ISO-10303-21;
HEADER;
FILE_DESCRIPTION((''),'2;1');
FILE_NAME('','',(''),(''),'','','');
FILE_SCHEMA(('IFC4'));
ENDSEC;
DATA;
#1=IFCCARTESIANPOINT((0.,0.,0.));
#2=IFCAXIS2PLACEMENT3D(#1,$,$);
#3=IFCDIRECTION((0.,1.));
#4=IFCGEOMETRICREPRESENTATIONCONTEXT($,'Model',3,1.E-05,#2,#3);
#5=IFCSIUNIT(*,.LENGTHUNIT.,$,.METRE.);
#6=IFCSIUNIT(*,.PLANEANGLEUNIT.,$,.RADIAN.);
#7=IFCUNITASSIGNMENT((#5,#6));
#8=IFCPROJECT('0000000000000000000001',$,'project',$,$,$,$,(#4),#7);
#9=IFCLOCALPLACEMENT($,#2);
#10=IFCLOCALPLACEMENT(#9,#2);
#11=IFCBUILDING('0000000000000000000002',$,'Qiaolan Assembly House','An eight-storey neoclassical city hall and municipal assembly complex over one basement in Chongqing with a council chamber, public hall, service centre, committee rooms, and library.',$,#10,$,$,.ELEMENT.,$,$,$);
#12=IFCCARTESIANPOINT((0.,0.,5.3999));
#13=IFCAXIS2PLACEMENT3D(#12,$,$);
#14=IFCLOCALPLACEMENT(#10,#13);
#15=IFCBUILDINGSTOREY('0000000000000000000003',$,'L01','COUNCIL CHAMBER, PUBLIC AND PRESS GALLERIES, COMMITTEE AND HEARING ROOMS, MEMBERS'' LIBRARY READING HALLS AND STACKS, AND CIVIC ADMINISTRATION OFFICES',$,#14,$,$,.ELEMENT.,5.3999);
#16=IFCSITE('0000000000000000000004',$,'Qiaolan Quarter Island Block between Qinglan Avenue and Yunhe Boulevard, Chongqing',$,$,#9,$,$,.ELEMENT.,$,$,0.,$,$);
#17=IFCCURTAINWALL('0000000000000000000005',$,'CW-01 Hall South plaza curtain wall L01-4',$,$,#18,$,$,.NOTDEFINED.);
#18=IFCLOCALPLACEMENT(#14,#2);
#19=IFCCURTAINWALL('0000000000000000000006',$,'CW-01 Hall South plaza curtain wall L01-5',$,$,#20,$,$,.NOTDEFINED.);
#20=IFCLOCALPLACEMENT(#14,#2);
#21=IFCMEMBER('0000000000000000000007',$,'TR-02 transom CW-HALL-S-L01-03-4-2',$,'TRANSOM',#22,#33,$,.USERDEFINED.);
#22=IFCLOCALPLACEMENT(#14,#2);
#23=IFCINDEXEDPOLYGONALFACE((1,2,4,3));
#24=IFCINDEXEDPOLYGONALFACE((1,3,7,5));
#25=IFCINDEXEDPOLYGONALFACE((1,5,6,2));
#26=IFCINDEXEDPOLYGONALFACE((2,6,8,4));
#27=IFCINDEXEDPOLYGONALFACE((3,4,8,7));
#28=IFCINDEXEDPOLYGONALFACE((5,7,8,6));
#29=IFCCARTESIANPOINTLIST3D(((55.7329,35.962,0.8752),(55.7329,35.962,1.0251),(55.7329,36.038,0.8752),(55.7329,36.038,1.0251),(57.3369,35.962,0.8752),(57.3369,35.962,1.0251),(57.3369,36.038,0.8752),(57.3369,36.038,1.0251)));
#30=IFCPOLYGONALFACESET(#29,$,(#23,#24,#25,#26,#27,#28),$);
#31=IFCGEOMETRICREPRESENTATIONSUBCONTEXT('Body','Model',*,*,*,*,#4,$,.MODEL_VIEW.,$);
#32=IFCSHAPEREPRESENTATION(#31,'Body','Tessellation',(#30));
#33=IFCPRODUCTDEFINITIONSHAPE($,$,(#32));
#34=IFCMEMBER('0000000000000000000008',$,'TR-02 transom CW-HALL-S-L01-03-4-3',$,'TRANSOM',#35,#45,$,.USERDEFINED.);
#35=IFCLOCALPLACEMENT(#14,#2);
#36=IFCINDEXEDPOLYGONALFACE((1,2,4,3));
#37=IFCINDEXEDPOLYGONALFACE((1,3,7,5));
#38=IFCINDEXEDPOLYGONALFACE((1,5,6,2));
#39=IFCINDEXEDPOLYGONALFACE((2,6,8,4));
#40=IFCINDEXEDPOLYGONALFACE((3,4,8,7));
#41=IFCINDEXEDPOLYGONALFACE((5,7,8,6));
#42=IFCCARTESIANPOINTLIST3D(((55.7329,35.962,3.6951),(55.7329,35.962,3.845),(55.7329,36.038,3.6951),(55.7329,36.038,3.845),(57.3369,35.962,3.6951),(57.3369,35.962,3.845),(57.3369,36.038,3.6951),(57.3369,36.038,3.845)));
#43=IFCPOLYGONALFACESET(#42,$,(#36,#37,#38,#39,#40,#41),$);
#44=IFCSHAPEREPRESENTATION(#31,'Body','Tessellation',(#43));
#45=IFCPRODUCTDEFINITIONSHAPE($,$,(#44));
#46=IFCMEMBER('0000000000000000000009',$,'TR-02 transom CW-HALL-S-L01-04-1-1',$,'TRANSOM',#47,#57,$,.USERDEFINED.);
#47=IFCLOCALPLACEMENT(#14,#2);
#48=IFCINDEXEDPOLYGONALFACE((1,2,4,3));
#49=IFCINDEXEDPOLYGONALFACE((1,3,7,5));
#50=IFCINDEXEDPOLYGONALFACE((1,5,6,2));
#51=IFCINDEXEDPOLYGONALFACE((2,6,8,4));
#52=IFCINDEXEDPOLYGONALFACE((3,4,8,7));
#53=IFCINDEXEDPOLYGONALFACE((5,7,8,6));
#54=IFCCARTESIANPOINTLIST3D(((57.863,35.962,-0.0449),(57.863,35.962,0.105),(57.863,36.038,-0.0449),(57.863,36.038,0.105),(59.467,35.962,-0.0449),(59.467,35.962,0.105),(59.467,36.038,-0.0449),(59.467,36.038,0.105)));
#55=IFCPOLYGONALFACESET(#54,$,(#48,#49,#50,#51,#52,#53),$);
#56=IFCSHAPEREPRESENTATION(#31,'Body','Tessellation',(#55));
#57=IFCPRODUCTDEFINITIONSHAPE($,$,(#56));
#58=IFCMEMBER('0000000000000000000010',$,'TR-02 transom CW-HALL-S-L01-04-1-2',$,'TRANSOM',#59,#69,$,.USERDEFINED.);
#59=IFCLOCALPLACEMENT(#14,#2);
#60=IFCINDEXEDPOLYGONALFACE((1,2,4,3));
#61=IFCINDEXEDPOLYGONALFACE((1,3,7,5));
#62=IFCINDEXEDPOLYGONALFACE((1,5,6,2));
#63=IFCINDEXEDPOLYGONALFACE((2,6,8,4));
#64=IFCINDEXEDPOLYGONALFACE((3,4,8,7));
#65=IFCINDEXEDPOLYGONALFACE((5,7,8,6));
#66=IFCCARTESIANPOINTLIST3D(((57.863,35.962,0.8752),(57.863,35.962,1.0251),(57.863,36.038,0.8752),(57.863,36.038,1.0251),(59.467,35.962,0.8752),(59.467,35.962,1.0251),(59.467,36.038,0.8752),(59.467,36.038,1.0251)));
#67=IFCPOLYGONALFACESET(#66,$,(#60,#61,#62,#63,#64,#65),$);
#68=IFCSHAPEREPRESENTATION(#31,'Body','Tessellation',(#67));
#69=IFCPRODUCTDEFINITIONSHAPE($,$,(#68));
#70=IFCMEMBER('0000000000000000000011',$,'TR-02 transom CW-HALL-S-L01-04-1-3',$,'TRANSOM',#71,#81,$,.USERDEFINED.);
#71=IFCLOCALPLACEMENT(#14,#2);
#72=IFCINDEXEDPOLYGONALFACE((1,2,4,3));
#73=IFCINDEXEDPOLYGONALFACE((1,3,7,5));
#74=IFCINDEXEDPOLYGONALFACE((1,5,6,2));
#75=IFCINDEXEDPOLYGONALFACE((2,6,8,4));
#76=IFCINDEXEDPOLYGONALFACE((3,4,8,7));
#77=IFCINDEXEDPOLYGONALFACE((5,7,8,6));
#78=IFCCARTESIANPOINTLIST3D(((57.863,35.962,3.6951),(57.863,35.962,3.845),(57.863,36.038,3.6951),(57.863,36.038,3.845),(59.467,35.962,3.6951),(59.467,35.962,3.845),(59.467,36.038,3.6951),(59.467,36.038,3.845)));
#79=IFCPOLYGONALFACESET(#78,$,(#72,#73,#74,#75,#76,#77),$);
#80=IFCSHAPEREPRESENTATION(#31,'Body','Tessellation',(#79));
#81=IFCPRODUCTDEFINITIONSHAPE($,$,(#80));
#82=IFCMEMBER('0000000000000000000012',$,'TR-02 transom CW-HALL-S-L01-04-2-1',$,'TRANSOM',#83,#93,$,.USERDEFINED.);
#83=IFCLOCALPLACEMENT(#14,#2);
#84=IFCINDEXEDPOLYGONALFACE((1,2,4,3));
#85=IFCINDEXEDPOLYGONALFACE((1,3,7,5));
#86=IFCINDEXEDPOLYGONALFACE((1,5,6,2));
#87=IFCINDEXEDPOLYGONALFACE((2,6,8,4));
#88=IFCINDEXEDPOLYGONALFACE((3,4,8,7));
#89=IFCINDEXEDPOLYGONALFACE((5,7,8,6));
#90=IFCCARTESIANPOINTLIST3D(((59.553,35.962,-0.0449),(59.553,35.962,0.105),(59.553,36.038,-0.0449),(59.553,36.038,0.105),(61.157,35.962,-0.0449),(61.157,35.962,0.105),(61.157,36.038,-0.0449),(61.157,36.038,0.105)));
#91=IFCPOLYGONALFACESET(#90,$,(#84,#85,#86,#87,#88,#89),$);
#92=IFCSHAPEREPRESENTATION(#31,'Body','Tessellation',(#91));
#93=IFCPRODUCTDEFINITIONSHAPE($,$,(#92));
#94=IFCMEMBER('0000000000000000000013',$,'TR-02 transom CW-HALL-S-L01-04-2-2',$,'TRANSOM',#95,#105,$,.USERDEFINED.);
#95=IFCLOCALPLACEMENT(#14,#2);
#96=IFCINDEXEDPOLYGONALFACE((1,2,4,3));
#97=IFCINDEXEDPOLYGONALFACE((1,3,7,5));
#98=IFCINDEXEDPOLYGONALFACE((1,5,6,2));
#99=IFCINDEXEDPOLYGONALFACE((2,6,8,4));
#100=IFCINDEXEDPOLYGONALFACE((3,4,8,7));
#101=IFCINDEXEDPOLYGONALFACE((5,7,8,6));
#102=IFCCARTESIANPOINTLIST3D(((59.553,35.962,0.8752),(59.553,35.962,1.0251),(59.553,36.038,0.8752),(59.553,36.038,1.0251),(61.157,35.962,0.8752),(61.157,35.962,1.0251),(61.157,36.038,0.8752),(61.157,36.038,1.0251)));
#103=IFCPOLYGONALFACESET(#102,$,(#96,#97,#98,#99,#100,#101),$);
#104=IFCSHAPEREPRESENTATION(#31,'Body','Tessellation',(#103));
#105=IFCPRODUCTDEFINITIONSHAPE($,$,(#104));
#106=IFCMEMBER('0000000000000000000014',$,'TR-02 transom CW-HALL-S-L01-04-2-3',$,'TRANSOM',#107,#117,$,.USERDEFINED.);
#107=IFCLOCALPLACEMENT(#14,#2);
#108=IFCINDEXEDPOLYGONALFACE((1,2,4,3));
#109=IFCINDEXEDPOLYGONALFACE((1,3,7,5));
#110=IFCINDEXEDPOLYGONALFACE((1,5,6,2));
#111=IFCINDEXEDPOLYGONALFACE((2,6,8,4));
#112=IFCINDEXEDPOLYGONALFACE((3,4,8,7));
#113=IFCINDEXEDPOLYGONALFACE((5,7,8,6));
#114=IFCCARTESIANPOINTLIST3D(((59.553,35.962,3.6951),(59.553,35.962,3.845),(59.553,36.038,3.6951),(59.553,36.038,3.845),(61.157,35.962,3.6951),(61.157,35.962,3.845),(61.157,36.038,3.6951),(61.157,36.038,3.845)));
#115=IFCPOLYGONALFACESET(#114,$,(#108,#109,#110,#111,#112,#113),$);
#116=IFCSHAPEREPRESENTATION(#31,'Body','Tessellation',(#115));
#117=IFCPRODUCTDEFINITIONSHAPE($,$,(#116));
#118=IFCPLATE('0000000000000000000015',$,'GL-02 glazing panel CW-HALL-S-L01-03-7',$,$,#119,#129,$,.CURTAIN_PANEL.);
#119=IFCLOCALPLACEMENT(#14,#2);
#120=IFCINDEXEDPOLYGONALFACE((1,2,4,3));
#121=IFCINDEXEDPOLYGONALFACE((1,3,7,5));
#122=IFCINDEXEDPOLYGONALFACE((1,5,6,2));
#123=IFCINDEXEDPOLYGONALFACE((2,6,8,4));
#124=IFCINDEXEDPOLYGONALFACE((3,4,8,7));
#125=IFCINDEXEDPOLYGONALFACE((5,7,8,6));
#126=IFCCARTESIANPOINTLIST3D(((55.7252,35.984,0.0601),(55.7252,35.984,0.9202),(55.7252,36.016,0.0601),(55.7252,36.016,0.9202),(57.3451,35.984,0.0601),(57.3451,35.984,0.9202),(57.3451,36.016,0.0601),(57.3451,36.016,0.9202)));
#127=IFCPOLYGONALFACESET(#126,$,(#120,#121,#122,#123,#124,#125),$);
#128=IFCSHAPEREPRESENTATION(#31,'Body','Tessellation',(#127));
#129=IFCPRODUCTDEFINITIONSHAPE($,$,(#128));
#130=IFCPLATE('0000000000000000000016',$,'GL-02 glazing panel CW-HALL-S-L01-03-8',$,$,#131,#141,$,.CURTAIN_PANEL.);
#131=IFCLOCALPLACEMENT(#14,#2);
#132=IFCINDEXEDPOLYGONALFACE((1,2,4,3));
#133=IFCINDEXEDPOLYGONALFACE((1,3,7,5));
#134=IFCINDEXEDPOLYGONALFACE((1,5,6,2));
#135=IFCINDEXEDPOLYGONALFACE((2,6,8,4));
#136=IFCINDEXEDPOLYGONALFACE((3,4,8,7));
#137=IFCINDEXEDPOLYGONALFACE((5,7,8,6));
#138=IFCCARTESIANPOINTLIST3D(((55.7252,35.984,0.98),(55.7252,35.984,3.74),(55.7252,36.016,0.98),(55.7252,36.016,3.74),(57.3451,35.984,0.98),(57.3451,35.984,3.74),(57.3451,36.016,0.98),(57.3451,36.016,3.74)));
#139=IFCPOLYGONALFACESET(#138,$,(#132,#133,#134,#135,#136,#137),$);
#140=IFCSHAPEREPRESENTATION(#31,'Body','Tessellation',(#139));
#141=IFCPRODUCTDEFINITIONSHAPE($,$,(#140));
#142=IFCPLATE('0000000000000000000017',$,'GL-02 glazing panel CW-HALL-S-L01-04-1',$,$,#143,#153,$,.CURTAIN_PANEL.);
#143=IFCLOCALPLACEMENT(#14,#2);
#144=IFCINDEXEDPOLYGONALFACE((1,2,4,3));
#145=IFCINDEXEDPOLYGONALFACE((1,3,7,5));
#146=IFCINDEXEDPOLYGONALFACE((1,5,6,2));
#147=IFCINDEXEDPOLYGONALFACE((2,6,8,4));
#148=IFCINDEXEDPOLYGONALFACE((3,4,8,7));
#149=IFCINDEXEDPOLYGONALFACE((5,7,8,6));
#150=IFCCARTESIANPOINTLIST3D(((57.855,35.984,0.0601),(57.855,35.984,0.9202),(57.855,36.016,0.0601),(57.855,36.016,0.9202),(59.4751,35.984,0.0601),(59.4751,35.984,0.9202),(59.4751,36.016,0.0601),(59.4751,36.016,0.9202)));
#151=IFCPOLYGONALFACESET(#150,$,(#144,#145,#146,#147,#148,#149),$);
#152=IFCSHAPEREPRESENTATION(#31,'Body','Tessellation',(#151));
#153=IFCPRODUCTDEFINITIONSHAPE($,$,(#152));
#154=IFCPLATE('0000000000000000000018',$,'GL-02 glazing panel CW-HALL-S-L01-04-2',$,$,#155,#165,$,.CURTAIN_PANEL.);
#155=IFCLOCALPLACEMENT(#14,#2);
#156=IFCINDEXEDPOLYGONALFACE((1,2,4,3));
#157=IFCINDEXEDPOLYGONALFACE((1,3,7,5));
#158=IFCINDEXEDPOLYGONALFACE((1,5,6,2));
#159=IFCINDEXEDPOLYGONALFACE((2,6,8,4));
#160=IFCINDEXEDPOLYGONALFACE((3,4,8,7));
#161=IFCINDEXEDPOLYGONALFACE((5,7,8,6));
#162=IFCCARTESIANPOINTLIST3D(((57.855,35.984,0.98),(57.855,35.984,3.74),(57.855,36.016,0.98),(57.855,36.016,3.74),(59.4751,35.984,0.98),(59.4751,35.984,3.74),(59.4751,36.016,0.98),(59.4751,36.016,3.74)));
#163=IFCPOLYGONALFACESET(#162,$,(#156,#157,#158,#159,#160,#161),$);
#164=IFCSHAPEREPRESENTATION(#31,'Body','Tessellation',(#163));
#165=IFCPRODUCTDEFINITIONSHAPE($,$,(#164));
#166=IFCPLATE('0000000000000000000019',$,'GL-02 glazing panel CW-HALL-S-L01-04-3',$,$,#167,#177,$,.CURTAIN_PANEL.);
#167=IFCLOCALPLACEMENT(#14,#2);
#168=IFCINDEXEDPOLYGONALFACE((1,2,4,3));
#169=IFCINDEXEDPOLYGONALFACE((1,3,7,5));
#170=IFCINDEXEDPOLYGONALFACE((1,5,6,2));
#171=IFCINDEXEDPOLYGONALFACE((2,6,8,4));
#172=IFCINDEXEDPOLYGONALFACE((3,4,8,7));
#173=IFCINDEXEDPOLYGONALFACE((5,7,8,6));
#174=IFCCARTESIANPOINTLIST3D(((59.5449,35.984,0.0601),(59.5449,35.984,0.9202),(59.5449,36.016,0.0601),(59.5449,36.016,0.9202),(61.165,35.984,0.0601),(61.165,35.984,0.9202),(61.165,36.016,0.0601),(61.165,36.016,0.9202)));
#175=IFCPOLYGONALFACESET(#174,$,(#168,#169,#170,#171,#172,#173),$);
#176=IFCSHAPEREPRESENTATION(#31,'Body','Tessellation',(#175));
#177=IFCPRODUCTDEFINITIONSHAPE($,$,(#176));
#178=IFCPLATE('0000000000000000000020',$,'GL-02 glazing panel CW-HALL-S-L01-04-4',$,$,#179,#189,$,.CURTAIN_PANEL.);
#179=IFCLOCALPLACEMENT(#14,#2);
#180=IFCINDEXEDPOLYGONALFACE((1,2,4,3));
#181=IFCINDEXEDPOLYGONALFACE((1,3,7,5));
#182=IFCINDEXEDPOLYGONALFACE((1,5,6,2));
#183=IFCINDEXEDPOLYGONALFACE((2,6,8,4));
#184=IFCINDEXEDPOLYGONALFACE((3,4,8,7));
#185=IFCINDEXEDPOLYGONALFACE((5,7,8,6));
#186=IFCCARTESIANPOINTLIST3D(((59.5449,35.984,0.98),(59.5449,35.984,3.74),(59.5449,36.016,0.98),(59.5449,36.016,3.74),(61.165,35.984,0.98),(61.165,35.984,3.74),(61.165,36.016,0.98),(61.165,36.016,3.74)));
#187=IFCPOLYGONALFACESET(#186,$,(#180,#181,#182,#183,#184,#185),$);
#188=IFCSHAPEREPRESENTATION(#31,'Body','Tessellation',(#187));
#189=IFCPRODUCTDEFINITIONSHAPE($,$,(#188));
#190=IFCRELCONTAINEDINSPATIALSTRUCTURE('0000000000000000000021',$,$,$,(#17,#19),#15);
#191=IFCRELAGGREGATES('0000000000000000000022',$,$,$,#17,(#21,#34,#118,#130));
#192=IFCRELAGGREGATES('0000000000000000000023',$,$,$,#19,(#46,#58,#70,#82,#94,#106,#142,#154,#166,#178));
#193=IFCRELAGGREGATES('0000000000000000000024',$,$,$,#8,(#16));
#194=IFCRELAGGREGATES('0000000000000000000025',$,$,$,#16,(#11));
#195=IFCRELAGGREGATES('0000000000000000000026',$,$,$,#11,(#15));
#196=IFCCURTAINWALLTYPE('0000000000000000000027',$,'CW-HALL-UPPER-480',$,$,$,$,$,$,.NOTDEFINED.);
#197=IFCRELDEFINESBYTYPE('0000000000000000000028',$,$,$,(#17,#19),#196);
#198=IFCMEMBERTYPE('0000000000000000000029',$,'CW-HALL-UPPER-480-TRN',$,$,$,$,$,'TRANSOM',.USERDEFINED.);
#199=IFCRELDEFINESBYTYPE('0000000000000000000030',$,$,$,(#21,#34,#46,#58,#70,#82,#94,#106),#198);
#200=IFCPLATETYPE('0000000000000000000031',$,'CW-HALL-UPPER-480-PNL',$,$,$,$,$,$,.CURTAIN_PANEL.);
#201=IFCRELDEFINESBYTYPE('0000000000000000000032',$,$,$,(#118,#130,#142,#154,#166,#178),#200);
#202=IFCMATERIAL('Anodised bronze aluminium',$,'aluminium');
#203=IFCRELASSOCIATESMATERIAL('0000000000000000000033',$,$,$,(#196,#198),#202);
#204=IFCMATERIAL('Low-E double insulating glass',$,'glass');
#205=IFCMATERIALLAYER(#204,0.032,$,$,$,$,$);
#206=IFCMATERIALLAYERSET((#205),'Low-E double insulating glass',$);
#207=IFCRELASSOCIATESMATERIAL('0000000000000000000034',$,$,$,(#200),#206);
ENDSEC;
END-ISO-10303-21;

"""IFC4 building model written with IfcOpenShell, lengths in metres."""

from ifc_helpers import new_model, si_unit, direction, frame, frame_2d, origin, origin_2d, place, context, subcontext, project, spatial, rectangle, extrude, material, layer, layer_set, material_profile, profile_set, type_object, element, aggregate, save


model = new_model("IFC4")

# Units and contexts
model_context = context("Model", 3, precision=1e-05, world=origin(), true_north=direction((0.0, 1.0)))
body_context = subcontext(model_context, "Body", "Model", "MODEL_VIEW")
ifc_project = project(units=[si_unit("LENGTHUNIT", "METRE"), si_unit("PLANEANGLEUNIT", "RADIAN")], contexts=[model_context])

# Site, building, storey
site_placement = place(None, origin())
site = spatial("IfcSite", under=ifc_project, at=site_placement, Name="Qiaolan Quarter Island Block between Qinglan Avenue and Yunhe Boulevard, Chongqing", CompositionType="ELEMENT", RefElevation=0.0)
building_placement = place(site_placement, origin())
building = spatial("IfcBuilding", under=site, at=building_placement, Name="Qiaolan Assembly House", Description="An eight-storey neoclassical city hall and municipal assembly complex over one basement in Chongqing with a council chamber, public hall, service centre, committee rooms, and library.", CompositionType="ELEMENT")
storey_placement = place(building_placement, frame((0.0, 0.0, 5.3999)))
storey = spatial("IfcBuildingStorey", under=building, at=storey_placement, Name="L01", Description="COUNCIL CHAMBER, PUBLIC AND PRESS GALLERIES, COMMITTEE AND HEARING ROOMS, MEMBERS' LIBRARY READING HALLS AND STACKS, AND CIVIC ADMINISTRATION OFFICES", CompositionType="ELEMENT", Elevation=5.3999)

# Curtain walls
ifc_material_1 = material(Name="Anodised bronze aluminium", Category="aluminium")
curtain_wall_type = type_object("IfcCurtainWallType", Name="CW-HALL-UPPER-480", PredefinedType="NOTDEFINED", material=ifc_material_1)
curtain_wall_1_placement = place(storey_placement, origin())
curtain_wall_1 = element("IfcCurtainWall", 1, at=curtain_wall_1_placement, inside=storey, type_object=curtain_wall_type, Name="CW-01 Hall South plaza curtain wall L01-4", PredefinedType="NOTDEFINED")
curtain_wall_2_placement = place(storey_placement, origin())
curtain_wall_2 = element("IfcCurtainWall", 2, at=curtain_wall_2_placement, inside=storey, type_object=curtain_wall_type, Name="CW-01 Hall South plaza curtain wall L01-5", PredefinedType="NOTDEFINED")

# Members
ifc_material_profile_1 = material_profile(ifc_material_1, rectangle(XDim=0.0759, YDim=0.1499, at=origin_2d()), Name="TRN 76x150")
ifc_profile_set_1 = profile_set([ifc_material_profile_1], Name="Anodised bronze aluminium")
member_type_1 = type_object("IfcMemberType", Name="CW-HALL-UPPER-480-TRN", ElementType="TRANSOM", PredefinedType="USERDEFINED", material=ifc_profile_set_1)
member_1_placement = place(storey_placement, frame((55.7329, 36.0, 0.9502), z_axis=(1.0, 0.0, 0.0), x_axis=(0.0, 1.0, 0.0)))
member_1 = element("IfcMember", 3, at=member_1_placement, type_object=member_type_1, Name="TR-02 transom CW-HALL-S-L01-03-4-2", ObjectType="TRANSOM", PredefinedType="USERDEFINED", context=body_context, shape_type="SweptSolid", body=[
    extrude(rectangle(XDim=0.0759, YDim=0.1499, at=origin_2d()), origin(), (0.0, 0.0, 1.0), 1.604),
])
member_2_placement = place(storey_placement, frame((55.7329, 36.0, 3.77), z_axis=(1.0, 0.0, 0.0), x_axis=(0.0, 1.0, 0.0)))
member_2 = element("IfcMember", 4, at=member_2_placement, type_object=member_type_1, Name="TR-02 transom CW-HALL-S-L01-03-4-3", ObjectType="TRANSOM", PredefinedType="USERDEFINED", context=body_context, shape_type="SweptSolid", body=[
    extrude(rectangle(XDim=0.0759, YDim=0.1499, at=origin_2d()), origin(), (0.0, 0.0, 1.0), 1.604),
])
member_3_placement = place(storey_placement, frame((57.863, 36.0, 0.03), z_axis=(1.0, 0.0, 0.0), x_axis=(0.0, 1.0, 0.0)))
member_3 = element("IfcMember", 5, at=member_3_placement, type_object=member_type_1, Name="TR-02 transom CW-HALL-S-L01-04-1-1", ObjectType="TRANSOM", PredefinedType="USERDEFINED", context=body_context, shape_type="SweptSolid", body=[
    extrude(rectangle(XDim=0.0759, YDim=0.1499, at=origin_2d()), origin(), (0.0, 0.0, 1.0), 1.604),
])
member_4_placement = place(storey_placement, frame((57.863, 36.0, 0.9502), z_axis=(1.0, 0.0, 0.0), x_axis=(0.0, 1.0, 0.0)))
member_4 = element("IfcMember", 6, at=member_4_placement, type_object=member_type_1, Name="TR-02 transom CW-HALL-S-L01-04-1-2", ObjectType="TRANSOM", PredefinedType="USERDEFINED", context=body_context, shape_type="SweptSolid", body=[
    extrude(rectangle(XDim=0.0759, YDim=0.1499, at=origin_2d()), origin(), (0.0, 0.0, 1.0), 1.604),
])
member_5_placement = place(storey_placement, frame((57.863, 36.0, 3.77), z_axis=(1.0, 0.0, 0.0), x_axis=(0.0, 1.0, 0.0)))
member_5 = element("IfcMember", 7, at=member_5_placement, type_object=member_type_1, Name="TR-02 transom CW-HALL-S-L01-04-1-3", ObjectType="TRANSOM", PredefinedType="USERDEFINED", context=body_context, shape_type="SweptSolid", body=[
    extrude(rectangle(XDim=0.0759, YDim=0.1499, at=origin_2d()), origin(), (0.0, 0.0, 1.0), 1.604),
])
member_6_placement = place(storey_placement, frame((59.553, 36.0, 0.03), z_axis=(1.0, 0.0, 0.0), x_axis=(0.0, 1.0, 0.0)))
member_6 = element("IfcMember", 8, at=member_6_placement, type_object=member_type_1, Name="TR-02 transom CW-HALL-S-L01-04-2-1", ObjectType="TRANSOM", PredefinedType="USERDEFINED", context=body_context, shape_type="SweptSolid", body=[
    extrude(rectangle(XDim=0.0759, YDim=0.1499, at=origin_2d()), origin(), (0.0, 0.0, 1.0), 1.604),
])
member_7_placement = place(storey_placement, frame((59.553, 36.0, 0.9502), z_axis=(1.0, 0.0, 0.0), x_axis=(0.0, 1.0, 0.0)))
member_7 = element("IfcMember", 9, at=member_7_placement, type_object=member_type_1, Name="TR-02 transom CW-HALL-S-L01-04-2-2", ObjectType="TRANSOM", PredefinedType="USERDEFINED", context=body_context, shape_type="SweptSolid", body=[
    extrude(rectangle(XDim=0.0759, YDim=0.1499, at=origin_2d()), origin(), (0.0, 0.0, 1.0), 1.604),
])
member_8_placement = place(storey_placement, frame((59.553, 36.0, 3.77), z_axis=(1.0, 0.0, 0.0), x_axis=(0.0, 1.0, 0.0)))
member_8 = element("IfcMember", 10, at=member_8_placement, type_object=member_type_1, Name="TR-02 transom CW-HALL-S-L01-04-2-3", ObjectType="TRANSOM", PredefinedType="USERDEFINED", context=body_context, shape_type="SweptSolid", body=[
    extrude(rectangle(XDim=0.0759, YDim=0.1499, at=origin_2d()), origin(), (0.0, 0.0, 1.0), 1.604),
])

# Plates
ifc_material_2 = material(Name="Low-E double insulating glass", Category="glass")
ifc_layer = layer(ifc_material_2, 0.032)
ifc_layer_set = layer_set([ifc_layer], Name="Low-E double insulating glass")
plate_type = type_object("IfcPlateType", Name="CW-HALL-UPPER-480-PNL", PredefinedType="CURTAIN_PANEL", material=ifc_layer_set)
plate_1_placement = place(storey_placement, frame((55.7251, 36.0, 0.0601), z_axis=(0.0, 0.0, 1.0), x_axis=(1.0, 0.0, 0.0)))
plate_1 = element("IfcPlate", 11, at=plate_1_placement, type_object=plate_type, Name="GL-02 glazing panel CW-HALL-S-L01-03-7", PredefinedType="CURTAIN_PANEL", context=body_context, shape_type="SweptSolid", body=[
    extrude(rectangle(XDim=1.6199, YDim=0.032, at=frame_2d((0.8101, 0.0))), origin(), (0.0, 0.0, 1.0), 0.8601),
])
plate_2_placement = place(storey_placement, frame((55.7251, 36.0, 0.98), z_axis=(0.0, 0.0, 1.0), x_axis=(1.0, 0.0, 0.0)))
plate_2 = element("IfcPlate", 12, at=plate_2_placement, type_object=plate_type, Name="GL-02 glazing panel CW-HALL-S-L01-03-8", PredefinedType="CURTAIN_PANEL", context=body_context, shape_type="SweptSolid", body=[
    extrude(rectangle(XDim=1.6199, YDim=0.032, at=frame_2d((0.8101, 0.0))), origin(), (0.0, 0.0, 1.0), 2.76),
])
aggregate(curtain_wall_1, [member_1, member_2, plate_1, plate_2])
plate_3_placement = place(storey_placement, frame((57.855, 36.0, 0.0601), z_axis=(0.0, 0.0, 1.0), x_axis=(1.0, 0.0, 0.0)))
plate_3 = element("IfcPlate", 13, at=plate_3_placement, type_object=plate_type, Name="GL-02 glazing panel CW-HALL-S-L01-04-1", PredefinedType="CURTAIN_PANEL", context=body_context, shape_type="SweptSolid", body=[
    extrude(rectangle(XDim=1.6201, YDim=0.032, at=frame_2d((0.8101, 0.0))), origin(), (0.0, 0.0, 1.0), 0.8601),
])
plate_4_placement = place(storey_placement, frame((57.855, 36.0, 0.98), z_axis=(0.0, 0.0, 1.0), x_axis=(1.0, 0.0, 0.0)))
plate_4 = element("IfcPlate", 14, at=plate_4_placement, type_object=plate_type, Name="GL-02 glazing panel CW-HALL-S-L01-04-2", PredefinedType="CURTAIN_PANEL", context=body_context, shape_type="SweptSolid", body=[
    extrude(rectangle(XDim=1.6201, YDim=0.032, at=frame_2d((0.8101, 0.0))), origin(), (0.0, 0.0, 1.0), 2.76),
])
plate_5_placement = place(storey_placement, frame((59.5449, 36.0, 0.0601), z_axis=(0.0, 0.0, 1.0), x_axis=(1.0, 0.0, 0.0)))
plate_5 = element("IfcPlate", 15, at=plate_5_placement, type_object=plate_type, Name="GL-02 glazing panel CW-HALL-S-L01-04-3", PredefinedType="CURTAIN_PANEL", context=body_context, shape_type="SweptSolid", body=[
    extrude(rectangle(XDim=1.6201, YDim=0.032, at=frame_2d((0.8101, 0.0))), origin(), (0.0, 0.0, 1.0), 0.8601),
])
plate_6_placement = place(storey_placement, frame((59.5449, 36.0, 0.98), z_axis=(0.0, 0.0, 1.0), x_axis=(1.0, 0.0, 0.0)))
plate_6 = element("IfcPlate", 16, at=plate_6_placement, type_object=plate_type, Name="GL-02 glazing panel CW-HALL-S-L01-04-4", PredefinedType="CURTAIN_PANEL", context=body_context, shape_type="SweptSolid", body=[
    extrude(rectangle(XDim=1.6201, YDim=0.032, at=frame_2d((0.8101, 0.0))), origin(), (0.0, 0.0, 1.0), 2.76),
])
aggregate(curtain_wall_2, [member_3, member_4, member_5, member_6, member_7, member_8, plate_3, plate_4, plate_5, plate_6])

save(model, "model.ifc")
